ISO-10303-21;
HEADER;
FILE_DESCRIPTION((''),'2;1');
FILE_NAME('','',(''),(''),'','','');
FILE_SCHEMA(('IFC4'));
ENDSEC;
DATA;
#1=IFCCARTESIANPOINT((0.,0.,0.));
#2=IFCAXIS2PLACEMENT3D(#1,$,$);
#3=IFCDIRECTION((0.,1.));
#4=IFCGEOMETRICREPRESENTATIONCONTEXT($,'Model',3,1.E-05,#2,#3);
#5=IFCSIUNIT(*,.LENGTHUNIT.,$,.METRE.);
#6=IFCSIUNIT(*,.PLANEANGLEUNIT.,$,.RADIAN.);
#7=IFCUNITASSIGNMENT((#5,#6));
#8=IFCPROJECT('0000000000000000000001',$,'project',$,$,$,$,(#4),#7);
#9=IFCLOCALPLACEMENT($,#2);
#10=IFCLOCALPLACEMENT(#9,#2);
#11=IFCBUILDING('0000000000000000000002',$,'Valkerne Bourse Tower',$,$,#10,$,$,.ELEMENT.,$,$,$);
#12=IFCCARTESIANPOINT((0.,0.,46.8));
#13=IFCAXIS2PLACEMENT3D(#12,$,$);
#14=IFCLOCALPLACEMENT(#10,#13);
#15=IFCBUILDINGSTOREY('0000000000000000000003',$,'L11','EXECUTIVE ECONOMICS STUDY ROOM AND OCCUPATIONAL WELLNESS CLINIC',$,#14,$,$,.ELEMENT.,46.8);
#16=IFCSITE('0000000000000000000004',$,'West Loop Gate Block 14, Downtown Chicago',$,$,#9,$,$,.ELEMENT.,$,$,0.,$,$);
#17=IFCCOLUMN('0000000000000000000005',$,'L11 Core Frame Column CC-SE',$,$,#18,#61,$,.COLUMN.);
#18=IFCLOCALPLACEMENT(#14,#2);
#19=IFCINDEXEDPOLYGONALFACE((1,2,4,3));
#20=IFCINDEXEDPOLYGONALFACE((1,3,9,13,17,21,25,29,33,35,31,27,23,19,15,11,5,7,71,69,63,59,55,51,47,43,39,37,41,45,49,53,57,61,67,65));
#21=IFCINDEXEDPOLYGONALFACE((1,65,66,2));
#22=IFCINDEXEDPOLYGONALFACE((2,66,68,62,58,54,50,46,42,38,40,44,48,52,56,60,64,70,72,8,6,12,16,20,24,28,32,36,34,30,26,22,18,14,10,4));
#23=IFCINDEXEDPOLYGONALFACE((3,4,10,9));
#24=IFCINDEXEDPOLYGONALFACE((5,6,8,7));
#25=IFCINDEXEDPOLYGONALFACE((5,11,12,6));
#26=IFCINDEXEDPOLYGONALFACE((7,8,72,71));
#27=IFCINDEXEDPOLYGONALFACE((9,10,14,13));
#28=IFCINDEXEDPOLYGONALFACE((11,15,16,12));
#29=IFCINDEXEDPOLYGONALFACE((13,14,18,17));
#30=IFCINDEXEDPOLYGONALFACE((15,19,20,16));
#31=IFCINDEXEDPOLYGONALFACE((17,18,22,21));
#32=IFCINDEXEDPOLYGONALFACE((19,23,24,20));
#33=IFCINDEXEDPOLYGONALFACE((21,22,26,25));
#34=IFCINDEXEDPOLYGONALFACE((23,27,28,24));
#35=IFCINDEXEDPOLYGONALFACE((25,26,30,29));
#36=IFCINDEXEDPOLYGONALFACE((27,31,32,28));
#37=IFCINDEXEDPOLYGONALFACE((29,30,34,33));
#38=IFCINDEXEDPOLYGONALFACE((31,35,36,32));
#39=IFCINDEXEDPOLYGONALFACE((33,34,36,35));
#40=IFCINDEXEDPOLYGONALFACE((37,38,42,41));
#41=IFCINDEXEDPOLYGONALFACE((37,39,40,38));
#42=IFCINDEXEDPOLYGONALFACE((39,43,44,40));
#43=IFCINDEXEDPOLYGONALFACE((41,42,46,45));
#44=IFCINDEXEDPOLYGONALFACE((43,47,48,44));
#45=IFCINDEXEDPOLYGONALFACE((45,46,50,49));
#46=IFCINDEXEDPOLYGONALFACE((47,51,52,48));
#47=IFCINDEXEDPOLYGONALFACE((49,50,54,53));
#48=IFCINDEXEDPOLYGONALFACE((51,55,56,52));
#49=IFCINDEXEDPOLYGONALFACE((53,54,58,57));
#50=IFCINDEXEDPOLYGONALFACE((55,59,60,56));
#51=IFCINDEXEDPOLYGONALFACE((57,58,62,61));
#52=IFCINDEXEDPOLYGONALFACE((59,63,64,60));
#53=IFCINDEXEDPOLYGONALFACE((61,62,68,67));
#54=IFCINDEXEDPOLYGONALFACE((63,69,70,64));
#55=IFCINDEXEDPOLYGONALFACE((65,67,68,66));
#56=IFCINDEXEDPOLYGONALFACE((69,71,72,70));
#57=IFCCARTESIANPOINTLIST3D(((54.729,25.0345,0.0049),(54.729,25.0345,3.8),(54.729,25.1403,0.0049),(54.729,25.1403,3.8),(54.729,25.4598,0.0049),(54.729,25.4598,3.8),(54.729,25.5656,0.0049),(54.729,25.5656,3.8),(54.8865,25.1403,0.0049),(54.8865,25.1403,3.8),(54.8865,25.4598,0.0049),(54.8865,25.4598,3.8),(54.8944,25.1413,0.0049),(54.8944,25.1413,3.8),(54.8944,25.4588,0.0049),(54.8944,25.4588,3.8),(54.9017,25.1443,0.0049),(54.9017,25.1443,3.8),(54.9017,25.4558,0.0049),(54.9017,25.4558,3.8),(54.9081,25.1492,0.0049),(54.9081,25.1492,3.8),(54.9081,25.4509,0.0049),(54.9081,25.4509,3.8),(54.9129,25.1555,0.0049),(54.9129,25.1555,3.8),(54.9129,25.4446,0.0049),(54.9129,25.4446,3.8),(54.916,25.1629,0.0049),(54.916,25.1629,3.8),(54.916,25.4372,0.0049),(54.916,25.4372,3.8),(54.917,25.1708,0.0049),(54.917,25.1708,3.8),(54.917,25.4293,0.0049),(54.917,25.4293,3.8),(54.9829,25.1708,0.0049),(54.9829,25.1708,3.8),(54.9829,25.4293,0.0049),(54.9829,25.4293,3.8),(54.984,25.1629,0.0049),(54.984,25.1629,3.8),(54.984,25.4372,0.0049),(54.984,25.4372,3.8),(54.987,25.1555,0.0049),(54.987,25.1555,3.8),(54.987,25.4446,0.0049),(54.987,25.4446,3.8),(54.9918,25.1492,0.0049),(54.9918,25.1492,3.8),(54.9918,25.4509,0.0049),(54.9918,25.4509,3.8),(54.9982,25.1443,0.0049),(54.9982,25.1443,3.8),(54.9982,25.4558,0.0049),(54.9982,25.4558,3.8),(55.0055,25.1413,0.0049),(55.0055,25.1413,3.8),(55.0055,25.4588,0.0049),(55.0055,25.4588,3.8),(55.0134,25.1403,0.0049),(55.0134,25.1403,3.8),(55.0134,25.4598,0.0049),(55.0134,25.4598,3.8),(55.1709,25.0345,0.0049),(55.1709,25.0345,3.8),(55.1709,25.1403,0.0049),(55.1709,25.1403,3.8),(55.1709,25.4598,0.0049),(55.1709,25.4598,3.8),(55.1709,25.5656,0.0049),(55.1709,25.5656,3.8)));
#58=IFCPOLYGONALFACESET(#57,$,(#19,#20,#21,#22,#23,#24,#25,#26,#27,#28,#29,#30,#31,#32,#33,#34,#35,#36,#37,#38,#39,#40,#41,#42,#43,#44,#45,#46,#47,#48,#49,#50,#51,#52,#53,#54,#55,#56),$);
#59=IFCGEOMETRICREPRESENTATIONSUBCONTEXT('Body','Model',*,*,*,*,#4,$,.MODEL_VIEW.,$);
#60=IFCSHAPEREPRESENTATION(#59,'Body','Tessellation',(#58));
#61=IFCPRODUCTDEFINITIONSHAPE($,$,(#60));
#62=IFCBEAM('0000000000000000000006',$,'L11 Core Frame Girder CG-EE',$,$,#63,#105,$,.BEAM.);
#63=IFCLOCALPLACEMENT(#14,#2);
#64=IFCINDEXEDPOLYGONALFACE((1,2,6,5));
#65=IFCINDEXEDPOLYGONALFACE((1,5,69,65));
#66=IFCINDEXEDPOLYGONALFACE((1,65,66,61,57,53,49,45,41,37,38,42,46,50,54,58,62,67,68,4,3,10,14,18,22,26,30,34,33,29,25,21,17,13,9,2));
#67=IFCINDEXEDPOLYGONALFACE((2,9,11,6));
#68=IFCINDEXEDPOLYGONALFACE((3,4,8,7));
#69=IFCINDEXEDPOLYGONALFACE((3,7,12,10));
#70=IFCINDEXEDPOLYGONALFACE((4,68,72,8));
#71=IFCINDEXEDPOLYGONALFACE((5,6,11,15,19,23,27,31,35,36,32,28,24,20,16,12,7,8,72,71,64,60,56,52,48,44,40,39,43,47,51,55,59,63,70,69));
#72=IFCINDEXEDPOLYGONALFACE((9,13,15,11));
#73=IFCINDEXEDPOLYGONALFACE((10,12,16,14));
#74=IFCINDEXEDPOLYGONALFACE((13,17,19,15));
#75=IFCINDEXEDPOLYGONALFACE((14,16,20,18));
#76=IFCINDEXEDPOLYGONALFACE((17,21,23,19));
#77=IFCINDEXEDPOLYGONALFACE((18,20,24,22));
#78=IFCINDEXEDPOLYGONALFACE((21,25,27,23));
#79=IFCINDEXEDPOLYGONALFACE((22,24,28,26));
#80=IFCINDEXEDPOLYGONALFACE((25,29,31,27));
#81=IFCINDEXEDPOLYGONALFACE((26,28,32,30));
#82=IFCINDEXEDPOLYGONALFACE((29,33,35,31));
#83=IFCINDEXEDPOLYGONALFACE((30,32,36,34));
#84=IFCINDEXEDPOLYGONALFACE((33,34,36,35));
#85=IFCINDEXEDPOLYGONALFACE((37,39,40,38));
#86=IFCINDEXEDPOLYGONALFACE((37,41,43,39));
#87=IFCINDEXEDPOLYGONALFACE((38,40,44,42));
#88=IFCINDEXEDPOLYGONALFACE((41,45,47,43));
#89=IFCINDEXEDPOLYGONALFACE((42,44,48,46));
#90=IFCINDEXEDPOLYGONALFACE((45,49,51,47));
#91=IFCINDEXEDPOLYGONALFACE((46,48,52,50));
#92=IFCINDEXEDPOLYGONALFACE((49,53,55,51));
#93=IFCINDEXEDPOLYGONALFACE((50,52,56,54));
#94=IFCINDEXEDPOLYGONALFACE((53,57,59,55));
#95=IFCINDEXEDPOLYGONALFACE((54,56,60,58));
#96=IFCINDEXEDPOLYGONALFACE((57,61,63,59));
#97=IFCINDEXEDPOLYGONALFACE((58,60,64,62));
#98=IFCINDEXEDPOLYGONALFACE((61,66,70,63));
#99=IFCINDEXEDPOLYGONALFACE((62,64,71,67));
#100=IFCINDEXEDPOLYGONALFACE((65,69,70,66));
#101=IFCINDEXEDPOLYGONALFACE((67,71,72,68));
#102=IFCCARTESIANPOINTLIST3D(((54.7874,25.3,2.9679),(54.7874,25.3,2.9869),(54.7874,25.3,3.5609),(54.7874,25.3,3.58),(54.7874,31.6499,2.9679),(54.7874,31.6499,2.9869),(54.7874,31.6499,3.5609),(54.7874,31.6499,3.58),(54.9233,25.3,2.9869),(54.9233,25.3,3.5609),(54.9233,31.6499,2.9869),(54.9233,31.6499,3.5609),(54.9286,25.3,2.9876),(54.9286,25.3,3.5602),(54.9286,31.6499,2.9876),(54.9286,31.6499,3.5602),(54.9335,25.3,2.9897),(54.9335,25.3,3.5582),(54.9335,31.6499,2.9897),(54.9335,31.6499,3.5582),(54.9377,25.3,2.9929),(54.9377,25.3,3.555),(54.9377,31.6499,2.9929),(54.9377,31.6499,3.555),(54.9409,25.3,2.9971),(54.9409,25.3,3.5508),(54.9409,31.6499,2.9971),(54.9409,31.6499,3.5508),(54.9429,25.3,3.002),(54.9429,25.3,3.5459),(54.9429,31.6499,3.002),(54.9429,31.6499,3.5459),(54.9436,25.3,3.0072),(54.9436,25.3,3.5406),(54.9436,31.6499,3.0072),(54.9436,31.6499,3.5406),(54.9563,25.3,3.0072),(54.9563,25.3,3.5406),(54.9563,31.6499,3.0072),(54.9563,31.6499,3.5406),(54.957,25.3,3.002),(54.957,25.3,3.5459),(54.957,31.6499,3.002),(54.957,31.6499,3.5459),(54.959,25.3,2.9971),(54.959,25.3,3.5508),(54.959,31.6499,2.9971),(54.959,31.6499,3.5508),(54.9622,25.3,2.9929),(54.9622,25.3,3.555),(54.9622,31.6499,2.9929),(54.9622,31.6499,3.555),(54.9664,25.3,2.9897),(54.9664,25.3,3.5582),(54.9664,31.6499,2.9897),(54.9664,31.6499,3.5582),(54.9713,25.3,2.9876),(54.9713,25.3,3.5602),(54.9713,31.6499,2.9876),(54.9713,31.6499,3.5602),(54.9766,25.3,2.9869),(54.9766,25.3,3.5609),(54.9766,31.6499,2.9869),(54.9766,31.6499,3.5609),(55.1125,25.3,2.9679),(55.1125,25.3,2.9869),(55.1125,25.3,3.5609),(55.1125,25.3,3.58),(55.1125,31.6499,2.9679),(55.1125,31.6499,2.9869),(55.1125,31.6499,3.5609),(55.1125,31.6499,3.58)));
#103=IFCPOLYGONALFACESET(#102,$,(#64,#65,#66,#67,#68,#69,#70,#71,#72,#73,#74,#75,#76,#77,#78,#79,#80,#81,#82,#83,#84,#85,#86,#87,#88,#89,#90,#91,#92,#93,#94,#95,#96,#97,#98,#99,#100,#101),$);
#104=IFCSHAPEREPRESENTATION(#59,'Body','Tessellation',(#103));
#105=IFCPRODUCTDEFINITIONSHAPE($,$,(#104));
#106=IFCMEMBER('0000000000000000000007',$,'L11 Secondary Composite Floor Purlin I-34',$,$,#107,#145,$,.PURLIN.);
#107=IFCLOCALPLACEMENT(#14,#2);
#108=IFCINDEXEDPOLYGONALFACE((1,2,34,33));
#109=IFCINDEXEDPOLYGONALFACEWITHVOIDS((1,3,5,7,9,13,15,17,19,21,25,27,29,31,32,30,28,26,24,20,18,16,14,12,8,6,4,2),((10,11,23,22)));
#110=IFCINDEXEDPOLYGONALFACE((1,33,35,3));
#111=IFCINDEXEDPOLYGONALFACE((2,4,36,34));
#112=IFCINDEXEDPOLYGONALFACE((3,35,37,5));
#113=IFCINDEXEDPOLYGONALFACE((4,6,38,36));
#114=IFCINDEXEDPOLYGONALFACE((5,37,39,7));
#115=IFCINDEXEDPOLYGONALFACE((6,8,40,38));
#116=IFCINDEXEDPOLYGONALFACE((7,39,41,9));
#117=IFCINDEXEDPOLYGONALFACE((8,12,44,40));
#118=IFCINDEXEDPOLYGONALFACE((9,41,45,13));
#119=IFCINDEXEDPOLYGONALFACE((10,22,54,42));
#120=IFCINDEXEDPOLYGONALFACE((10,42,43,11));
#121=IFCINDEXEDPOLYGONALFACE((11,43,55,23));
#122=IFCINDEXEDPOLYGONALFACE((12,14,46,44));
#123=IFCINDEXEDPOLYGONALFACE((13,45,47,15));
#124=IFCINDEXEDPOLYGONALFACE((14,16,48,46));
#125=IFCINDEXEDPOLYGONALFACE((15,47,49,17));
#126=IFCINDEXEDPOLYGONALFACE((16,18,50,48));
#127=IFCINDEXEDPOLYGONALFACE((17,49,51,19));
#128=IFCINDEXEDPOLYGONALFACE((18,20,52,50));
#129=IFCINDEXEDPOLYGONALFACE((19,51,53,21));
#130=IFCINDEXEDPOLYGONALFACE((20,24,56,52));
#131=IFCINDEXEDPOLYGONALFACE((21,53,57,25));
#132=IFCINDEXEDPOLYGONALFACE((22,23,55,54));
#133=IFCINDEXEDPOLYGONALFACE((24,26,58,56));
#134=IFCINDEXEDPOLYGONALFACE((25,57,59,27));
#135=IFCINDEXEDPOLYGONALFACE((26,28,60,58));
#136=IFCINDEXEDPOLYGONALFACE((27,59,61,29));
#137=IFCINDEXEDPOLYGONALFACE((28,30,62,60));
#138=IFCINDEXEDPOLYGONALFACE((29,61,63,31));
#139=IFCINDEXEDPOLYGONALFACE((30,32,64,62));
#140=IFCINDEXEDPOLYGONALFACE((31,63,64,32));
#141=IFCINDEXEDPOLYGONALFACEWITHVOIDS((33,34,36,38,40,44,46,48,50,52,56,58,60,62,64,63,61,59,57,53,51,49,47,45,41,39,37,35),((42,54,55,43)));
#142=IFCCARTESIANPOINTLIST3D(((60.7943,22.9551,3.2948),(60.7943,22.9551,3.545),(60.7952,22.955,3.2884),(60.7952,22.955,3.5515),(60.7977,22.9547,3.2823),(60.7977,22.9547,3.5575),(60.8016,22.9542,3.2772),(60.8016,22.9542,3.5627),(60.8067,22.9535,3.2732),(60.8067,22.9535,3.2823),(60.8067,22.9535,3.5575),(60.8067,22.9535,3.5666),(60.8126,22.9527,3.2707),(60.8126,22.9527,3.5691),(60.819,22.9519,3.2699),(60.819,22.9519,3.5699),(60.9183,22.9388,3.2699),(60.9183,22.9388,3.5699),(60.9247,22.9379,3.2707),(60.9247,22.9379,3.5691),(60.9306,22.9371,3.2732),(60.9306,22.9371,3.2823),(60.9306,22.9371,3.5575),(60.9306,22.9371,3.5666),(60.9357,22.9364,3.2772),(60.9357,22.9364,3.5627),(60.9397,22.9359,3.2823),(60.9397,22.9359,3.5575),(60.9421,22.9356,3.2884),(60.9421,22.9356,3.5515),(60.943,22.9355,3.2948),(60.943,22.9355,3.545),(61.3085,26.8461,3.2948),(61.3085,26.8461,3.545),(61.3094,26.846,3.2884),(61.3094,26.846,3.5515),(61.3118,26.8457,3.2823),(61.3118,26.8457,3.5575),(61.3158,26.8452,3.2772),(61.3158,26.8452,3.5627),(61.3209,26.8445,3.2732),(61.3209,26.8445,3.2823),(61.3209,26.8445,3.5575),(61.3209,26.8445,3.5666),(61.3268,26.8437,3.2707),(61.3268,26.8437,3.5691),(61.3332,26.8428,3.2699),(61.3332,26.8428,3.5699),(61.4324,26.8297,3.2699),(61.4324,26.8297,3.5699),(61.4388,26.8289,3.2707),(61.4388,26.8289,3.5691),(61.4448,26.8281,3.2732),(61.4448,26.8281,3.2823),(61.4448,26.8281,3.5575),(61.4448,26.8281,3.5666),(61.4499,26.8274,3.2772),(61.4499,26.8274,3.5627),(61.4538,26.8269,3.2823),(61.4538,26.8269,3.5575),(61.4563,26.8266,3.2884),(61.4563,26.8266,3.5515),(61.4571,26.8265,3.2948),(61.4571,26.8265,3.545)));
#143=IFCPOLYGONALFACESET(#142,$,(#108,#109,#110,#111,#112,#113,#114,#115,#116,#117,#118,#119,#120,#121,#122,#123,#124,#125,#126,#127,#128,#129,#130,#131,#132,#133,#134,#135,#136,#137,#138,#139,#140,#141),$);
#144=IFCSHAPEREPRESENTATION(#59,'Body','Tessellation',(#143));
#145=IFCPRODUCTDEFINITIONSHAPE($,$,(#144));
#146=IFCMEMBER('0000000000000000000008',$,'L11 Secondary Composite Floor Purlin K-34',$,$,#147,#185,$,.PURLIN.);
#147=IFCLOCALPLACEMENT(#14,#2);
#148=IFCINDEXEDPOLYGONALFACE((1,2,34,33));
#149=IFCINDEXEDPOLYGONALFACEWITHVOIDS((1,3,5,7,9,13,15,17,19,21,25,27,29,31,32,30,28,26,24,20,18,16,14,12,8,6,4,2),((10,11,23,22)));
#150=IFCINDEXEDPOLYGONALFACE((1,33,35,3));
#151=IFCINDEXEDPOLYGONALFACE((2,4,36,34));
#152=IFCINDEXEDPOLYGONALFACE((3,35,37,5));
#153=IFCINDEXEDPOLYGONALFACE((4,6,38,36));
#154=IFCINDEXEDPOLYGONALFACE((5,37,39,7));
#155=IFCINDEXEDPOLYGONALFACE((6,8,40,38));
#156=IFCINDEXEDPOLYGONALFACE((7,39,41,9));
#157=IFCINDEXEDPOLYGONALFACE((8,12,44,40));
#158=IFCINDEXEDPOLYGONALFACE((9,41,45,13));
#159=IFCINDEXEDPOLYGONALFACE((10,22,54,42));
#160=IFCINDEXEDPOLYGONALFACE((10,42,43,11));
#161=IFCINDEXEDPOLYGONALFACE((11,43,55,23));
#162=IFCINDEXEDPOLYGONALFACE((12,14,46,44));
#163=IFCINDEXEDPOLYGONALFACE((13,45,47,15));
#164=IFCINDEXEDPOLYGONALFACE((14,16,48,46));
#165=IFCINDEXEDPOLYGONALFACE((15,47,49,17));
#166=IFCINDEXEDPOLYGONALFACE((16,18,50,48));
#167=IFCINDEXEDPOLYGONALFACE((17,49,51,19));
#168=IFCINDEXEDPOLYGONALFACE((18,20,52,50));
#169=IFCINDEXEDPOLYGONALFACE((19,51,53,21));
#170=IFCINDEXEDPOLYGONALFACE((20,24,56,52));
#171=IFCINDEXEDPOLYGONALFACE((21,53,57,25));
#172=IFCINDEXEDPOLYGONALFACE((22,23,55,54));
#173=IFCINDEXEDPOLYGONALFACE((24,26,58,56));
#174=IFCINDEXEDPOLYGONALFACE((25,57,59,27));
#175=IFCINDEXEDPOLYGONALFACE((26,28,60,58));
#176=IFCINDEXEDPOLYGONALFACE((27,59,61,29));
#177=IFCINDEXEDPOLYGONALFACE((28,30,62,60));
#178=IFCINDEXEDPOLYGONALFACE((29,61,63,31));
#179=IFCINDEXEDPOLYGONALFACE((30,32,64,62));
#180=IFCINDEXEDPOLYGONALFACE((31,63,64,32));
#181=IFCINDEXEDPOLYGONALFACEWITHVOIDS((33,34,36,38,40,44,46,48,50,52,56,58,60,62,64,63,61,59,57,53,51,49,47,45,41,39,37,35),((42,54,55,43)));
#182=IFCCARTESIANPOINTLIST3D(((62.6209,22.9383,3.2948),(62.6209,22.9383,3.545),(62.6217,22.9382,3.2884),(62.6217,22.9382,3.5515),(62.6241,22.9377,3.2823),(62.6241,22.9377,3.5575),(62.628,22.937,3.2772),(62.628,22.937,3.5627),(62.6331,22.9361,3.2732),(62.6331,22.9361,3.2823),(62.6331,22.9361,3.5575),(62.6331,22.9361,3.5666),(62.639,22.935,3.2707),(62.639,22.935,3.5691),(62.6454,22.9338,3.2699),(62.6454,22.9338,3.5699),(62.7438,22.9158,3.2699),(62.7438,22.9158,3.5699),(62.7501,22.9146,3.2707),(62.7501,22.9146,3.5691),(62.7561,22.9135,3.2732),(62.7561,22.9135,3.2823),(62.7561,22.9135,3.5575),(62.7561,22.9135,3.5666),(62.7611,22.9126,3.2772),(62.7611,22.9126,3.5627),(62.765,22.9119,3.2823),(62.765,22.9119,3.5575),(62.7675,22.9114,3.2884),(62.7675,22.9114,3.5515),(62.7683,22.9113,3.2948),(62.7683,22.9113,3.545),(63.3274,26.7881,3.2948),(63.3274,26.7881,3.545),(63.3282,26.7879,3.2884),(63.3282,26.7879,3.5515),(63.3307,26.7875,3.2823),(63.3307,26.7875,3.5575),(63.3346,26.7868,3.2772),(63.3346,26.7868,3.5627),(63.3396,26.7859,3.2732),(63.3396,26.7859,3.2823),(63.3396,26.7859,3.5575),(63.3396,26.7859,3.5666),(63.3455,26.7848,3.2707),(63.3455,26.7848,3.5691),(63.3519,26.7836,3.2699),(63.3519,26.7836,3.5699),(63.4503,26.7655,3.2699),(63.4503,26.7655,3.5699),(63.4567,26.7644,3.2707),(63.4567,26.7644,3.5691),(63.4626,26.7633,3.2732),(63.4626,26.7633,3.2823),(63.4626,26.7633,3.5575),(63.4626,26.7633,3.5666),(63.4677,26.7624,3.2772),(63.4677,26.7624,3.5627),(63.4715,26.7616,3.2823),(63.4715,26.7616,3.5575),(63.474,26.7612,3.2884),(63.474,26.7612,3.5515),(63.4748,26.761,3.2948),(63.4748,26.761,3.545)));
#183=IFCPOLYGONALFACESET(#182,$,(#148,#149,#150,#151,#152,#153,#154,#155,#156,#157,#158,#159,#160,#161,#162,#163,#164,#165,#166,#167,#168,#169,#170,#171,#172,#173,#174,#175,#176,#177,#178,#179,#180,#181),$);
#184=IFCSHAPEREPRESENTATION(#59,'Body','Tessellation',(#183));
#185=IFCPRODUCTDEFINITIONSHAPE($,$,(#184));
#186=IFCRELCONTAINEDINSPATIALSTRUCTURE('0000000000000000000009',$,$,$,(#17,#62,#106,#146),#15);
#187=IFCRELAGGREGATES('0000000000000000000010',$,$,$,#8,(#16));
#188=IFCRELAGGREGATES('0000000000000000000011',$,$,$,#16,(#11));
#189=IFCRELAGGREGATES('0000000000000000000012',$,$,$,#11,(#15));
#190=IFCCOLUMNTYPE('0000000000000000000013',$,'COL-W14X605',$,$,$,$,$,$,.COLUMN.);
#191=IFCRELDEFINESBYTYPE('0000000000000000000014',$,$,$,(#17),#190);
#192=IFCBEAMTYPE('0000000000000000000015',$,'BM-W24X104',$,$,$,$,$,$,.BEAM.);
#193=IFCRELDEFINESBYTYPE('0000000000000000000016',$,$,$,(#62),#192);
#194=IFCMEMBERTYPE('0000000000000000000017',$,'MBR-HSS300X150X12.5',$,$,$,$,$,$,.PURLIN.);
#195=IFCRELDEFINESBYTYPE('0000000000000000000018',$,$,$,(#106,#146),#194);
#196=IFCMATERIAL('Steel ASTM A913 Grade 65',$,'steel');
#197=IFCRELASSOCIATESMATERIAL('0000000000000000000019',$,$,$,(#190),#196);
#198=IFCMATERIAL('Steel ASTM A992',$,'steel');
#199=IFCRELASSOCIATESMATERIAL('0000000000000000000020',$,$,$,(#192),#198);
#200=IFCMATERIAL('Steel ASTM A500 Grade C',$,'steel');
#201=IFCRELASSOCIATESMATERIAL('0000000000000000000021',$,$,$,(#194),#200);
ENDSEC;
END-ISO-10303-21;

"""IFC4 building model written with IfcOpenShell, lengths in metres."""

from ifc_helpers import new_model, si_unit, direction, frame, origin, origin_2d, place, context, subcontext, project, spatial, hollow_rectangle, i_section, extrude, material, material_profile, profile_set, type_object, element, save


model = new_model("IFC4")

# Units and contexts
model_context = context("Model", 3, precision=1e-05, world=origin(), true_north=direction((0.0, 1.0)))
body_context = subcontext(model_context, "Body", "Model", "MODEL_VIEW")
ifc_project = project(units=[si_unit("LENGTHUNIT", "METRE"), si_unit("PLANEANGLEUNIT", "RADIAN")], contexts=[model_context])

# Site, building, storey
site_placement = place(None, origin())
site = spatial("IfcSite", under=ifc_project, at=site_placement, Name="West Loop Gate Block 14, Downtown Chicago", CompositionType="ELEMENT", RefElevation=0.0)
building_placement = place(site_placement, origin())
building = spatial("IfcBuilding", under=site, at=building_placement, Name="Valkerne Bourse Tower", CompositionType="ELEMENT")
storey_placement = place(building_placement, frame((0.0, 0.0, 46.8)))
storey = spatial("IfcBuildingStorey", under=building, at=storey_placement, Name="L11", Description="EXECUTIVE ECONOMICS STUDY ROOM AND OCCUPATIONAL WELLNESS CLINIC", CompositionType="ELEMENT", Elevation=46.8)

# Column
ifc_material_1 = material(Name="Steel ASTM A913 Grade 65", Category="steel")
ifc_material_profile_1 = material_profile(ifc_material_1, i_section(OverallWidth=0.4419, OverallDepth=0.531, WebThickness=0.0659, FlangeThickness=0.1057, FilletRadius=0.0305, at=origin_2d()), Name="W14X605")
ifc_profile_set_1 = profile_set([ifc_material_profile_1], Name="Steel ASTM A913 Grade 65")
column_type = type_object("IfcColumnType", Name="COL-W14X605", PredefinedType="COLUMN", material=ifc_profile_set_1)
column_placement = place(storey_placement, frame((54.95, 25.3, 0.0049), z_axis=(0.0, 0.0, 1.0), x_axis=(1.0, 0.0, 0.0)))
element("IfcColumn", 1, at=column_placement, inside=storey, type_object=column_type, Name="L11 Core Frame Column CC-SE", PredefinedType="COLUMN", context=body_context, shape_type="SweptSolid", body=[
    extrude(i_section(OverallWidth=0.4419, OverallDepth=0.531, WebThickness=0.0659, FlangeThickness=0.1057, FilletRadius=0.0305, at=origin_2d()), origin(), (0.0, 0.0, 1.0), 3.7952),
])

# Beam
ifc_material_2 = material(Name="Steel ASTM A992", Category="steel")
ifc_material_profile_2 = material_profile(ifc_material_2, i_section(OverallWidth=0.3252, OverallDepth=0.6121, WebThickness=0.0127, FlangeThickness=0.019, FilletRadius=0.0203, at=origin_2d()), Name="W24X104")
ifc_profile_set_2 = profile_set([ifc_material_profile_2], Name="Steel ASTM A992")
beam_type = type_object("IfcBeamType", Name="BM-W24X104", PredefinedType="BEAM", material=ifc_profile_set_2)
beam_placement = place(storey_placement, frame((54.95, 25.3, 3.2739), z_axis=(0.0, 1.0, 0.0), x_axis=(-1.0, 0.0, 0.0)))
element("IfcBeam", 2, at=beam_placement, inside=storey, type_object=beam_type, Name="L11 Core Frame Girder CG-EE", PredefinedType="BEAM", context=body_context, shape_type="SweptSolid", body=[
    extrude(i_section(OverallWidth=0.3252, OverallDepth=0.6121, WebThickness=0.0127, FlangeThickness=0.019, FilletRadius=0.0203, at=origin_2d()), origin(), (0.0, 0.0, 1.0), 6.3499),
])

# Members
ifc_material_3 = material(Name="Steel ASTM A500 Grade C", Category="steel")
ifc_material_profile_3 = material_profile(ifc_material_3, hollow_rectangle(XDim=0.1499, YDim=0.3, WallThickness=0.0125, OuterFilletRadius=0.0249, at=origin_2d()), Name="HSS300X150X12.5")
ifc_profile_set_3 = profile_set([ifc_material_profile_3], Name="Steel ASTM A500 Grade C")
member_type = type_object("IfcMemberType", Name="MBR-HSS300X150X12.5", PredefinedType="PURLIN", material=ifc_profile_set_3)
member_1_placement = place(storey_placement, frame((60.8687, 22.9453, 3.4199), z_axis=(0.131006, 0.991382, 0.0), x_axis=(-0.991382, 0.131006, 0.0)))
element("IfcMember", 3, at=member_1_placement, inside=storey, type_object=member_type, Name="L11 Secondary Composite Floor Purlin I-34", PredefinedType="PURLIN", context=body_context, shape_type="SweptSolid", body=[
    extrude(hollow_rectangle(XDim=0.1499, YDim=0.3, WallThickness=0.0125, OuterFilletRadius=0.0249, at=origin_2d()), origin(), (0.0, 0.0, 1.0), 3.9248),
])
member_2_placement = place(storey_placement, frame((62.6946, 22.9248, 3.4199), z_axis=(0.18051, 0.983573, 0.0), x_axis=(-0.983573, 0.18051, 0.0)))
element("IfcMember", 4, at=member_2_placement, inside=storey, type_object=member_type, Name="L11 Secondary Composite Floor Purlin K-34", PredefinedType="PURLIN", context=body_context, shape_type="SweptSolid", body=[
    extrude(hollow_rectangle(XDim=0.1499, YDim=0.3, WallThickness=0.0125, OuterFilletRadius=0.0249, at=origin_2d()), origin(), (0.0, 0.0, 1.0), 3.9141),
])

save(model, "model.ifc")
